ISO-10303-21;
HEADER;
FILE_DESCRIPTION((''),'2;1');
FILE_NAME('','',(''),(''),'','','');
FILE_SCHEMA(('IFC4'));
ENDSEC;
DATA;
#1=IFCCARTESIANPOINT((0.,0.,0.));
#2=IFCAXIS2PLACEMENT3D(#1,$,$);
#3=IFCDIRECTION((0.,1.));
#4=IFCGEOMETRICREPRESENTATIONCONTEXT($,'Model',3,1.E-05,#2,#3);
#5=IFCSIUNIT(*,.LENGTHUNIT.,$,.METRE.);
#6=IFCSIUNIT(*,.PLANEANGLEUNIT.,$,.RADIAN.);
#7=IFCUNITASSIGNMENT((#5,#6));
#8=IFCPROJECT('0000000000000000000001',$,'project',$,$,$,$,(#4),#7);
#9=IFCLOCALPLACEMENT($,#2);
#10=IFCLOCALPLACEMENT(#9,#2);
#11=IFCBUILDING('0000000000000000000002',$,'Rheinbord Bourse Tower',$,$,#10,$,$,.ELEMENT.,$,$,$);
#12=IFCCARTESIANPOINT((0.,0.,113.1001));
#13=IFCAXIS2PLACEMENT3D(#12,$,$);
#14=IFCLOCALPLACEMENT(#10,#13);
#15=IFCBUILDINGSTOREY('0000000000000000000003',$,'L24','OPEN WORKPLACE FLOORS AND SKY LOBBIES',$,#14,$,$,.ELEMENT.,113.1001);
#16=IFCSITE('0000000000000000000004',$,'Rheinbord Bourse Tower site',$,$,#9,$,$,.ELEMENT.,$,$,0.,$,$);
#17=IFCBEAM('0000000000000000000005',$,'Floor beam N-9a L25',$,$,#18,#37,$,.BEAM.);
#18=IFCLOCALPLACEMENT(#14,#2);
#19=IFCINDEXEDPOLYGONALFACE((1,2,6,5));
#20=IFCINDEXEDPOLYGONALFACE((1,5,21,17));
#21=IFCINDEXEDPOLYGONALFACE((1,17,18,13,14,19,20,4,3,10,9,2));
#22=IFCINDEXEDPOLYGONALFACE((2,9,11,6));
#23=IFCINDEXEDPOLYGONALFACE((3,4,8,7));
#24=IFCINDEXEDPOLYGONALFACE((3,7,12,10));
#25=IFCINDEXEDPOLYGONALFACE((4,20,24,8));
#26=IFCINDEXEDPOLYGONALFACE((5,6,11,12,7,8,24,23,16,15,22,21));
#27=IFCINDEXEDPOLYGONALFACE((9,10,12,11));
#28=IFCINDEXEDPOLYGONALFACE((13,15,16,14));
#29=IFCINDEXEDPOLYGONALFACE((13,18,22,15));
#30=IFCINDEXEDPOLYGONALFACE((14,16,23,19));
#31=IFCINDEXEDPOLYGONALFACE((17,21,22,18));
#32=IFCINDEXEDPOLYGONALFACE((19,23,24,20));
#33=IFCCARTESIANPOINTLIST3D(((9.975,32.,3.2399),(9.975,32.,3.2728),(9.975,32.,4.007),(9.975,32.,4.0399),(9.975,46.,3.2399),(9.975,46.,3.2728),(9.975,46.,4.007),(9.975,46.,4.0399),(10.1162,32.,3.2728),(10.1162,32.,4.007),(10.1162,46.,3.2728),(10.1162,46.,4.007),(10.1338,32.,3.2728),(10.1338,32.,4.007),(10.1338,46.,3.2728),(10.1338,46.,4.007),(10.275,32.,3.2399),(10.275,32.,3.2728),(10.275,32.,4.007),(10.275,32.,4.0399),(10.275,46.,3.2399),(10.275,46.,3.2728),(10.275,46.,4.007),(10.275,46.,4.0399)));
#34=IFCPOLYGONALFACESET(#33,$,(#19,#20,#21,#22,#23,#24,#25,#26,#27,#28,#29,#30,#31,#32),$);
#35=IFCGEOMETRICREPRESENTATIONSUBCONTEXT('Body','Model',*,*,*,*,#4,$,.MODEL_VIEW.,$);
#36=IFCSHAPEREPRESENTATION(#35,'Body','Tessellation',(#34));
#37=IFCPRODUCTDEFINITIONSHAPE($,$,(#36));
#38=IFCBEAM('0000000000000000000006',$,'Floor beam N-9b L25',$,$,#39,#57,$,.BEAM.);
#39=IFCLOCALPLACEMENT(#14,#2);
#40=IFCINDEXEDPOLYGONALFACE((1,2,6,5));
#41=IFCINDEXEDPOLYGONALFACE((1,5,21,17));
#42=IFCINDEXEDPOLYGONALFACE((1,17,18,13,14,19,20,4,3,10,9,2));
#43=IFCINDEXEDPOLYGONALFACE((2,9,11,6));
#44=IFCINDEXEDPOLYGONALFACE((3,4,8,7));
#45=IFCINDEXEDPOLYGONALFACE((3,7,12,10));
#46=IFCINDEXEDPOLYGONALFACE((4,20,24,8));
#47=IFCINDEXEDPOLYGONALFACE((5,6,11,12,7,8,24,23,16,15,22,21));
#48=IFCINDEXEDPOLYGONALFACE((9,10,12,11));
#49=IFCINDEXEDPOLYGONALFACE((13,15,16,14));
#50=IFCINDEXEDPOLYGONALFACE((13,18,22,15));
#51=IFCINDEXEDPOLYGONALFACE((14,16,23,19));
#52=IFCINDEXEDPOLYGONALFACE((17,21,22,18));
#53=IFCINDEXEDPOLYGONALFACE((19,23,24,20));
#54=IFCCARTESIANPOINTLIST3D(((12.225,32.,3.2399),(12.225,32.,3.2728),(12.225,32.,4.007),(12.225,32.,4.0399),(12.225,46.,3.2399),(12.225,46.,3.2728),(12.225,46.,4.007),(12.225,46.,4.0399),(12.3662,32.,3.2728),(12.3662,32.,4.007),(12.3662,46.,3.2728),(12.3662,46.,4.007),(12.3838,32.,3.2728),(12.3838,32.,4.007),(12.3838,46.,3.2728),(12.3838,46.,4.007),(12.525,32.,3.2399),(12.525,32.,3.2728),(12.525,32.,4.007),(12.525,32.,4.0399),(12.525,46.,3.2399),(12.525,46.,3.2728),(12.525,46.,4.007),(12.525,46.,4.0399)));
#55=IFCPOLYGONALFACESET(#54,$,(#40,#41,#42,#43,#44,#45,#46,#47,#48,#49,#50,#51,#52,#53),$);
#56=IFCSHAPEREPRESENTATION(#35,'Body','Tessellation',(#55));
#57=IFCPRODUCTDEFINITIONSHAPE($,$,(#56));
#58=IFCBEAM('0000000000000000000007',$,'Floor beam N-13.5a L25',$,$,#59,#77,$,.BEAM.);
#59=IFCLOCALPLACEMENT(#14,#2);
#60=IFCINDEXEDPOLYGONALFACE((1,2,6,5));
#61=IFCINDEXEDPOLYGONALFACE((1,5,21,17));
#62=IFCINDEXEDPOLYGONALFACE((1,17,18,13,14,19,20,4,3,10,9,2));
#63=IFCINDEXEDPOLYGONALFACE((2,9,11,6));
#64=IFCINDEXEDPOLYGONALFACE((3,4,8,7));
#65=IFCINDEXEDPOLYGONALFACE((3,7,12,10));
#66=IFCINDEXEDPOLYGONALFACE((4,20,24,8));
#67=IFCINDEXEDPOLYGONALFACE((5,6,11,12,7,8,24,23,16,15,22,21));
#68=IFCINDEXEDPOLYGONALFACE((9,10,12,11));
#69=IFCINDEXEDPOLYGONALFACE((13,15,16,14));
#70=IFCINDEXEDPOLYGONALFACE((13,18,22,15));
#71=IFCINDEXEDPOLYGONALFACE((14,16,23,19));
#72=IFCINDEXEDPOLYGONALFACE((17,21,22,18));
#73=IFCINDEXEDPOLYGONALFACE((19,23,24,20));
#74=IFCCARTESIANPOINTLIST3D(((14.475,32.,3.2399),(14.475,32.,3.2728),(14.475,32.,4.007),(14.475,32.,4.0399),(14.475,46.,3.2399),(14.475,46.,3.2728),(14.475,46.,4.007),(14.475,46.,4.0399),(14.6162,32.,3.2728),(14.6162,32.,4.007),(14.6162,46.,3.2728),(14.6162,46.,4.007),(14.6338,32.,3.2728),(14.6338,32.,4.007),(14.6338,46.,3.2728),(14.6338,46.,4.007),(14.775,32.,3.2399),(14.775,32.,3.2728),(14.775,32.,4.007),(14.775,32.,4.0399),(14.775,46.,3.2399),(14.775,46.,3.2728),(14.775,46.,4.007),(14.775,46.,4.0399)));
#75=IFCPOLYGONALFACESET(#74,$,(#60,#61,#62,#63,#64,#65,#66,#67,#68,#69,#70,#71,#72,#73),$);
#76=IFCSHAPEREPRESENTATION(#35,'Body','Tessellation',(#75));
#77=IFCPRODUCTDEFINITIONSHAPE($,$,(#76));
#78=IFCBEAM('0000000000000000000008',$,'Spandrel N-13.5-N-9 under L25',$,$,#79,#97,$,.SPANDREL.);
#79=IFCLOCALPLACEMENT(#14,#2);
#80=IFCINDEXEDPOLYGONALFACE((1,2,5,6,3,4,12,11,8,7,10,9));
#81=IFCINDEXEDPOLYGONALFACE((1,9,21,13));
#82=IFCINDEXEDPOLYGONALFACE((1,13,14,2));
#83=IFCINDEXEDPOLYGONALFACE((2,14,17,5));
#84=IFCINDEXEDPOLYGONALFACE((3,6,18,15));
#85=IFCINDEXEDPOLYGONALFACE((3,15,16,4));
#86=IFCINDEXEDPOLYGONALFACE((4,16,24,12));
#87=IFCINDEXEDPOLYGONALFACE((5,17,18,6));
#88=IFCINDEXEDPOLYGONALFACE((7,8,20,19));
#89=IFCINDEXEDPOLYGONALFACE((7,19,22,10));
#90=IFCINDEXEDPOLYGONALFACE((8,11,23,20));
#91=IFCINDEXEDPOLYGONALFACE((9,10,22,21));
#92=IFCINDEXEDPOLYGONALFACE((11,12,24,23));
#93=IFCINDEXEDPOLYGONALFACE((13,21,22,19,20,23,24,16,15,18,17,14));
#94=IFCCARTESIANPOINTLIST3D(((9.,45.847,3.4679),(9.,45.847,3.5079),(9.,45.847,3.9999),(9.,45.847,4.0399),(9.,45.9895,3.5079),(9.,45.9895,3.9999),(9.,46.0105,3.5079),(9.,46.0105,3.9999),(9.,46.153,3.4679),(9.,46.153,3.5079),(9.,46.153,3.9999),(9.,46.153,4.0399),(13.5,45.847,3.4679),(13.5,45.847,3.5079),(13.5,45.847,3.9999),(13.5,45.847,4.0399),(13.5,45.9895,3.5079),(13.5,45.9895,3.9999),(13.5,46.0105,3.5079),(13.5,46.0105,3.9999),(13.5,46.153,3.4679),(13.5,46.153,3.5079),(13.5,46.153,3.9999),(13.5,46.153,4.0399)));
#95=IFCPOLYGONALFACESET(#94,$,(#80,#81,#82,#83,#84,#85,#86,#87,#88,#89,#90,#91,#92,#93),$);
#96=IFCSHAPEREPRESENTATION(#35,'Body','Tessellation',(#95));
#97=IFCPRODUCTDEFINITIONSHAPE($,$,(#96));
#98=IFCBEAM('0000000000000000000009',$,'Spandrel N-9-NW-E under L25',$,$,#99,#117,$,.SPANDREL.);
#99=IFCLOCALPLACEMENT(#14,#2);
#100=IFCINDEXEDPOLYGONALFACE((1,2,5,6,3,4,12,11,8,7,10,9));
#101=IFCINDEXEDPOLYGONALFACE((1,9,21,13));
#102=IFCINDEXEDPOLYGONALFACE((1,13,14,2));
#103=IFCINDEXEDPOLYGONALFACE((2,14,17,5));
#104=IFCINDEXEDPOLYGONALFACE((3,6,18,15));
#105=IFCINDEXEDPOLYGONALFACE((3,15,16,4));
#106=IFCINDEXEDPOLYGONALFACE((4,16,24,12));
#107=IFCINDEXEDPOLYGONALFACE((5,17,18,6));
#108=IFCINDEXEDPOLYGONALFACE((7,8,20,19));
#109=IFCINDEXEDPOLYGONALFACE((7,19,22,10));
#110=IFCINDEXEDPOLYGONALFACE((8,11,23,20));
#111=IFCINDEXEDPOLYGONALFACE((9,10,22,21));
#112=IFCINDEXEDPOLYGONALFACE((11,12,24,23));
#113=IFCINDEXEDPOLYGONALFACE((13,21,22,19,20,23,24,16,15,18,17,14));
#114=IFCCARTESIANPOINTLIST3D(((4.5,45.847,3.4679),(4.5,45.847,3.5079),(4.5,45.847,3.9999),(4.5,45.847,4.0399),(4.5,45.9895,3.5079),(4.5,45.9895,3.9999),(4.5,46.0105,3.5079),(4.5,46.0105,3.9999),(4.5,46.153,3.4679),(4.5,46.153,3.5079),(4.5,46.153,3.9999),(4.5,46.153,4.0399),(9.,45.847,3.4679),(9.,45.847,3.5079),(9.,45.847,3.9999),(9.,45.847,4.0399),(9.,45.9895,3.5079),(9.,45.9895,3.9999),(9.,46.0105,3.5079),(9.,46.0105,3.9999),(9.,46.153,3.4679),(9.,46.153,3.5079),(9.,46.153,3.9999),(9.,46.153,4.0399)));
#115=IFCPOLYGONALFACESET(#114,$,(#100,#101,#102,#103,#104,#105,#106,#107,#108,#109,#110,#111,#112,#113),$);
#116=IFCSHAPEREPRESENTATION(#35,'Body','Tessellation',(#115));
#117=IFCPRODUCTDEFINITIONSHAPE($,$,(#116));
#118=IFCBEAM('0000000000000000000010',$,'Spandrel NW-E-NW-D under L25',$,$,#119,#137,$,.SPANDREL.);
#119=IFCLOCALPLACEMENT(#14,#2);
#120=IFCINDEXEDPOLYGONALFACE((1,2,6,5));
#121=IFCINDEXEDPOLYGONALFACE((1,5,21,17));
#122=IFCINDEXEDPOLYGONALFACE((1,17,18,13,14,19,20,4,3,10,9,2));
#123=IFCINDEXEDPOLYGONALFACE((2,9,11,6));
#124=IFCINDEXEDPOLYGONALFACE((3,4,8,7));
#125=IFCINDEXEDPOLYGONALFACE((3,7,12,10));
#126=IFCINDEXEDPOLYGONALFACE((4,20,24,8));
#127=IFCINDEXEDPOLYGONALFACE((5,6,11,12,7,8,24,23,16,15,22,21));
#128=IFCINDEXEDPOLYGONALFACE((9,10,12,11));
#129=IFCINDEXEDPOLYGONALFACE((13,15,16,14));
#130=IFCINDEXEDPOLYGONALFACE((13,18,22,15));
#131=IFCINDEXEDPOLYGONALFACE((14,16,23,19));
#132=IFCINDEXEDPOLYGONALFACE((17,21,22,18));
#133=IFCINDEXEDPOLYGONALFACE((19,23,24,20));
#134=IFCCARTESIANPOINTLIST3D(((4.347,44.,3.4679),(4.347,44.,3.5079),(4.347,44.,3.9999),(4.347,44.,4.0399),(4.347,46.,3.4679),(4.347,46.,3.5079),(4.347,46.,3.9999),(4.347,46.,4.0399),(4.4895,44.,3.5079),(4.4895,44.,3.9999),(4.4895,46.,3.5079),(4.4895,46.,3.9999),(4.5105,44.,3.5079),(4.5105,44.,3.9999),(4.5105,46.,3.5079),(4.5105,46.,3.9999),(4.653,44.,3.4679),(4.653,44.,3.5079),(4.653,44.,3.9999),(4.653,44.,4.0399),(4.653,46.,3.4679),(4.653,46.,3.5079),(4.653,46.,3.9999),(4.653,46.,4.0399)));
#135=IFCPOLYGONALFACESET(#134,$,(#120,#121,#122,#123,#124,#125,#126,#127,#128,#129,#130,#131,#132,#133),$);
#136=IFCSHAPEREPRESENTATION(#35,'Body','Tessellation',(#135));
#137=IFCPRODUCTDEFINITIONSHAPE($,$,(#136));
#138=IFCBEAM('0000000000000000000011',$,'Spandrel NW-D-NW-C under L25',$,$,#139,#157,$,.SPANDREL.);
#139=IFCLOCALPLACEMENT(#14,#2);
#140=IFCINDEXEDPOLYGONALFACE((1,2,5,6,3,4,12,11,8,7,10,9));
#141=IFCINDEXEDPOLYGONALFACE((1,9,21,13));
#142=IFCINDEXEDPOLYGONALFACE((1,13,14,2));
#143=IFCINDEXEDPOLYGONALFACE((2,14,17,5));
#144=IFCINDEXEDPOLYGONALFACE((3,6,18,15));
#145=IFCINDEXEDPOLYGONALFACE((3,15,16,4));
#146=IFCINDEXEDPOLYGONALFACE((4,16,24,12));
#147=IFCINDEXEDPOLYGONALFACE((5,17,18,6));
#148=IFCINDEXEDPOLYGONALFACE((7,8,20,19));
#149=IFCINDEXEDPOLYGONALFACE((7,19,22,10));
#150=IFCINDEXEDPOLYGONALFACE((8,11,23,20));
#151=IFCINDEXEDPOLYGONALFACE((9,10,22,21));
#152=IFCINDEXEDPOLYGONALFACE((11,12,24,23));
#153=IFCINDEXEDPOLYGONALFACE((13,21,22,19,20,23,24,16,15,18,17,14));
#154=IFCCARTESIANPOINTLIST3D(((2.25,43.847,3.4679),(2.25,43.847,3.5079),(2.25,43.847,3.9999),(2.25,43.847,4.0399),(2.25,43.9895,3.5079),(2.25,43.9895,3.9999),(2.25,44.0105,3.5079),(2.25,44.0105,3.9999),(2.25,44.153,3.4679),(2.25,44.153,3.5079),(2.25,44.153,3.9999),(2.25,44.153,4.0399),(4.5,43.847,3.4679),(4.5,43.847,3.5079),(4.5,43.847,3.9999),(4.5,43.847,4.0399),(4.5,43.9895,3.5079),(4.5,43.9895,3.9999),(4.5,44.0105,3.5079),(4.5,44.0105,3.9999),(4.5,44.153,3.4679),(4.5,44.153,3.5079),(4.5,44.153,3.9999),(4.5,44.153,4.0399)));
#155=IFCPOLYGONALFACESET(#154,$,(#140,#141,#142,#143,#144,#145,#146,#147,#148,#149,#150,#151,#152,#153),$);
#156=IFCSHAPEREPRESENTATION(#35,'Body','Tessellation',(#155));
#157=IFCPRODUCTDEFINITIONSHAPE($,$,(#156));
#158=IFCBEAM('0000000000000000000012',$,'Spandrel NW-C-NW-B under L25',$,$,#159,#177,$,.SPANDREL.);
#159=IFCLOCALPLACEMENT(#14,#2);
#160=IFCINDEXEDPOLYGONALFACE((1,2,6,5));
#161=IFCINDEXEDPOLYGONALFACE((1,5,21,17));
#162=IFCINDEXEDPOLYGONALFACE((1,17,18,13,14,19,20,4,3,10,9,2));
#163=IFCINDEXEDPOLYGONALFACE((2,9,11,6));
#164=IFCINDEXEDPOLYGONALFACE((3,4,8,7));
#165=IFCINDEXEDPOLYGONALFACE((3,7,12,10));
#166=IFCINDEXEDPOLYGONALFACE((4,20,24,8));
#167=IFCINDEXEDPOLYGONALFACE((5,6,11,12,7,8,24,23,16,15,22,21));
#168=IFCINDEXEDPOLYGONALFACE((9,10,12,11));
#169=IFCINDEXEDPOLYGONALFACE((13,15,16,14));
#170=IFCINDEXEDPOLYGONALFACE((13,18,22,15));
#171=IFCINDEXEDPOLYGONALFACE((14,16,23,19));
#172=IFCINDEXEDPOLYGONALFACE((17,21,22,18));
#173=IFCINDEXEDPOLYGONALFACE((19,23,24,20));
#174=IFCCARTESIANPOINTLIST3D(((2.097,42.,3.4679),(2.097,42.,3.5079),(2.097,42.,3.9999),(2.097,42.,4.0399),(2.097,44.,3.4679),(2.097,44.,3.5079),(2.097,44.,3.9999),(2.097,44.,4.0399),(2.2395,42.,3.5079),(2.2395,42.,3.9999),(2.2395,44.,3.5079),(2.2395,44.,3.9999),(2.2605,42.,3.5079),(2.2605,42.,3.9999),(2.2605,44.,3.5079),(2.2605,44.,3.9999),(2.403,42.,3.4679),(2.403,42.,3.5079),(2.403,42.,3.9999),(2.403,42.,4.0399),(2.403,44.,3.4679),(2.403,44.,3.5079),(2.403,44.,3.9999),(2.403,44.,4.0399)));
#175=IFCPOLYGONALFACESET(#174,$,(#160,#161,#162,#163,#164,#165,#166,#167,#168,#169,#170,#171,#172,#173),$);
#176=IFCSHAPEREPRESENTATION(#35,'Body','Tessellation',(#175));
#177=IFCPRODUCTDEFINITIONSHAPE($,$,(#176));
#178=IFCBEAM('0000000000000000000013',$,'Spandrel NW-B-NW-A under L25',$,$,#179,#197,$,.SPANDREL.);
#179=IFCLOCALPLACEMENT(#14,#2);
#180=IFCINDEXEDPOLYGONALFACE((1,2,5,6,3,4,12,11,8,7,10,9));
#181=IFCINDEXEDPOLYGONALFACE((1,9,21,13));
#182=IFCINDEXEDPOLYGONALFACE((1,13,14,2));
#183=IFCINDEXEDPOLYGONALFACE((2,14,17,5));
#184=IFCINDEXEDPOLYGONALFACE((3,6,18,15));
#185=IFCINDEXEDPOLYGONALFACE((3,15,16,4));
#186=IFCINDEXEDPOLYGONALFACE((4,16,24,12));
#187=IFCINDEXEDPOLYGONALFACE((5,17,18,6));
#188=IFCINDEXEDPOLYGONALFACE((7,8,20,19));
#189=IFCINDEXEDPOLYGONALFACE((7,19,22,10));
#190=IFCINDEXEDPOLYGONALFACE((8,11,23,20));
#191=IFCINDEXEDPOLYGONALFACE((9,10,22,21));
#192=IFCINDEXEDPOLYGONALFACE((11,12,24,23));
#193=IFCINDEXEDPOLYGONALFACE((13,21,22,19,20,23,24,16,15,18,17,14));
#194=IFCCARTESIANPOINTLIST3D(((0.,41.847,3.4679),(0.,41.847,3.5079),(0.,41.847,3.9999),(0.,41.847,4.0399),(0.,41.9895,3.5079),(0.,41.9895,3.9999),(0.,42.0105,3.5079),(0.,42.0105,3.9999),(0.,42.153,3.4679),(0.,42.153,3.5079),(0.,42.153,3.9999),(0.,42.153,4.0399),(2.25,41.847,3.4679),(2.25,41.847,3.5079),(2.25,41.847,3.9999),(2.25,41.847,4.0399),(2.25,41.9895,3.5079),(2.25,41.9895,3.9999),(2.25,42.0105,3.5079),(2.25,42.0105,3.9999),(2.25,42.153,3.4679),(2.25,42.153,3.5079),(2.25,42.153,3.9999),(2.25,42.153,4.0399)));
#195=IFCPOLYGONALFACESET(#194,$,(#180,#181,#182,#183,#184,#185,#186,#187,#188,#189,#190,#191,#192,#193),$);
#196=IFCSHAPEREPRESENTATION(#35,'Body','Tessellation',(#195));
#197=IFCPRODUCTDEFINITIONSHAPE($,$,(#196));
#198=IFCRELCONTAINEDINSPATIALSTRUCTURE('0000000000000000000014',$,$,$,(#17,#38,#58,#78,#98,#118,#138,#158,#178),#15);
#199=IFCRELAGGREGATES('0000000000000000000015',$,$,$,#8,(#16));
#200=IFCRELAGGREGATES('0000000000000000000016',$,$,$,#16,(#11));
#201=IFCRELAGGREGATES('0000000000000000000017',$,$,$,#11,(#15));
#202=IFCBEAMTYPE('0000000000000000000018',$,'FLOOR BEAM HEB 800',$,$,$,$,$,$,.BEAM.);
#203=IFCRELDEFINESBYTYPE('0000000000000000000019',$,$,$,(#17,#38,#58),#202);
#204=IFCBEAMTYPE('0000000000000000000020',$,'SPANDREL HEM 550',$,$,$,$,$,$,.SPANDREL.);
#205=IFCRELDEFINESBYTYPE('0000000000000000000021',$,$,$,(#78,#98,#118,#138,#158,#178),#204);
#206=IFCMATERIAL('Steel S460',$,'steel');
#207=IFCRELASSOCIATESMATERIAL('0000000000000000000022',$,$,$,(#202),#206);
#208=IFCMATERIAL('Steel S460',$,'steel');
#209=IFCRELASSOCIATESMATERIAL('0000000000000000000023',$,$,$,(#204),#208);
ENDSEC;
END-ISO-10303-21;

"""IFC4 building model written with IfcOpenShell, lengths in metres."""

from ifc_helpers import new_model, si_unit, direction, frame, origin, origin_2d, place, context, subcontext, project, spatial, i_section, extrude, material, material_profile, profile_set, type_object, element, save


model = new_model("IFC4")

# Units and contexts
model_context = context("Model", 3, precision=1e-05, world=origin(), true_north=direction((0.0, 1.0)))
body_context = subcontext(model_context, "Body", "Model", "MODEL_VIEW")
ifc_project = project(units=[si_unit("LENGTHUNIT", "METRE"), si_unit("PLANEANGLEUNIT", "RADIAN")], contexts=[model_context])

# Site, building, storey
site_placement = place(None, origin())
site = spatial("IfcSite", under=ifc_project, at=site_placement, Name="Rheinbord Bourse Tower site", CompositionType="ELEMENT", RefElevation=0.0)
building_placement = place(site_placement, origin())
building = spatial("IfcBuilding", under=site, at=building_placement, Name="Rheinbord Bourse Tower", CompositionType="ELEMENT")
storey_placement = place(building_placement, frame((0.0, 0.0, 113.1001)))
storey = spatial("IfcBuildingStorey", under=building, at=storey_placement, Name="L24", Description="OPEN WORKPLACE FLOORS AND SKY LOBBIES", CompositionType="ELEMENT", Elevation=113.1001)

# Beams
ifc_material_1 = material(Name="Steel S460", Category="steel")
ifc_material_profile_1 = material_profile(ifc_material_1, i_section(OverallWidth=0.3, OverallDepth=0.8, WebThickness=0.0176, FlangeThickness=0.033, at=origin_2d()), Name="HEB 800")
ifc_profile_set_1 = profile_set([ifc_material_profile_1], Name="Steel S460")
beam_type_1 = type_object("IfcBeamType", Name="FLOOR BEAM HEB 800", PredefinedType="BEAM", material=ifc_profile_set_1)
for number, where, z_axis, x_axis, name in (
    (1, (10.125, 46.0, 3.6399), (0.0, -1.0, 0.0), (1.0, 0.0, 0.0), "Floor beam N-9a L25"),
    (2, (12.375, 46.0, 3.6399), (0.0, -1.0, 0.0), (1.0, 0.0, 0.0), "Floor beam N-9b L25"),
    (3, (14.625, 46.0, 3.6399), (0.0, -1.0, 0.0), (1.0, 0.0, 0.0), "Floor beam N-13.5a L25"),
):
    element("IfcBeam", number, at=place(storey_placement, frame(where, z_axis=z_axis, x_axis=x_axis)), inside=storey, type_object=beam_type_1, Name=name, PredefinedType="BEAM", context=body_context, shape_type="SweptSolid", body=[
        extrude(i_section(OverallWidth=0.3, OverallDepth=0.8, WebThickness=0.0176, FlangeThickness=0.033, at=origin_2d()), origin(), (0.0, 0.0, 1.0), 14.0),
    ])
ifc_material_2 = material(Name="Steel S460", Category="steel")
ifc_material_profile_2 = material_profile(ifc_material_2, i_section(OverallWidth=0.3059, OverallDepth=0.572, WebThickness=0.021, FlangeThickness=0.04, at=origin_2d()), Name="HEM 550")
ifc_profile_set_2 = profile_set([ifc_material_profile_2], Name="Steel S460")
beam_type_2 = type_object("IfcBeamType", Name="SPANDREL HEM 550", PredefinedType="SPANDREL", material=ifc_profile_set_2)
for number, where, z_axis, x_axis, name in (
    (4, (13.5, 46.0, 3.7539), (-1.0, 0.0, 0.0), (0.0, -1.0, 0.0), "Spandrel N-13.5-N-9 under L25"),
    (5, (9.0, 46.0, 3.7539), (-1.0, 0.0, 0.0), (0.0, -1.0, 0.0), "Spandrel N-9-NW-E under L25"),
):
    element("IfcBeam", number, at=place(storey_placement, frame(where, z_axis=z_axis, x_axis=x_axis)), inside=storey, type_object=beam_type_2, Name=name, PredefinedType="SPANDREL", context=body_context, shape_type="SweptSolid", body=[
        extrude(i_section(OverallWidth=0.3059, OverallDepth=0.572, WebThickness=0.021, FlangeThickness=0.04, at=origin_2d()), origin(), (0.0, 0.0, 1.0), 4.5),
    ])
beam_1_placement = place(storey_placement, frame((4.5, 46.0, 3.7539), z_axis=(0.0, -1.0, 0.0), x_axis=(1.0, 0.0, 0.0)))
element("IfcBeam", 6, at=beam_1_placement, inside=storey, type_object=beam_type_2, Name="Spandrel NW-E-NW-D under L25", PredefinedType="SPANDREL", context=body_context, shape_type="SweptSolid", body=[
    extrude(i_section(OverallWidth=0.3059, OverallDepth=0.572, WebThickness=0.021, FlangeThickness=0.04, at=origin_2d()), origin(), (0.0, 0.0, 1.0), 2.0),
])
beam_2_placement = place(storey_placement, frame((4.5, 44.0, 3.7539), z_axis=(-1.0, 0.0, 0.0), x_axis=(0.0, -1.0, 0.0)))
element("IfcBeam", 7, at=beam_2_placement, inside=storey, type_object=beam_type_2, Name="Spandrel NW-D-NW-C under L25", PredefinedType="SPANDREL", context=body_context, shape_type="SweptSolid", body=[
    extrude(i_section(OverallWidth=0.3059, OverallDepth=0.572, WebThickness=0.021, FlangeThickness=0.04, at=origin_2d()), origin(), (0.0, 0.0, 1.0), 2.25),
])
beam_3_placement = place(storey_placement, frame((2.25, 44.0, 3.7539), z_axis=(0.0, -1.0, 0.0), x_axis=(1.0, 0.0, 0.0)))
element("IfcBeam", 8, at=beam_3_placement, inside=storey, type_object=beam_type_2, Name="Spandrel NW-C-NW-B under L25", PredefinedType="SPANDREL", context=body_context, shape_type="SweptSolid", body=[
    extrude(i_section(OverallWidth=0.3059, OverallDepth=0.572, WebThickness=0.021, FlangeThickness=0.04, at=origin_2d()), origin(), (0.0, 0.0, 1.0), 2.0),
])
beam_4_placement = place(storey_placement, frame((2.25, 42.0, 3.7539), z_axis=(-1.0, 0.0, 0.0), x_axis=(0.0, -1.0, 0.0)))
element("IfcBeam", 9, at=beam_4_placement, inside=storey, type_object=beam_type_2, Name="Spandrel NW-B-NW-A under L25", PredefinedType="SPANDREL", context=body_context, shape_type="SweptSolid", body=[
    extrude(i_section(OverallWidth=0.3059, OverallDepth=0.572, WebThickness=0.021, FlangeThickness=0.04, at=origin_2d()), origin(), (0.0, 0.0, 1.0), 2.25),
])

save(model, "model.ifc")
